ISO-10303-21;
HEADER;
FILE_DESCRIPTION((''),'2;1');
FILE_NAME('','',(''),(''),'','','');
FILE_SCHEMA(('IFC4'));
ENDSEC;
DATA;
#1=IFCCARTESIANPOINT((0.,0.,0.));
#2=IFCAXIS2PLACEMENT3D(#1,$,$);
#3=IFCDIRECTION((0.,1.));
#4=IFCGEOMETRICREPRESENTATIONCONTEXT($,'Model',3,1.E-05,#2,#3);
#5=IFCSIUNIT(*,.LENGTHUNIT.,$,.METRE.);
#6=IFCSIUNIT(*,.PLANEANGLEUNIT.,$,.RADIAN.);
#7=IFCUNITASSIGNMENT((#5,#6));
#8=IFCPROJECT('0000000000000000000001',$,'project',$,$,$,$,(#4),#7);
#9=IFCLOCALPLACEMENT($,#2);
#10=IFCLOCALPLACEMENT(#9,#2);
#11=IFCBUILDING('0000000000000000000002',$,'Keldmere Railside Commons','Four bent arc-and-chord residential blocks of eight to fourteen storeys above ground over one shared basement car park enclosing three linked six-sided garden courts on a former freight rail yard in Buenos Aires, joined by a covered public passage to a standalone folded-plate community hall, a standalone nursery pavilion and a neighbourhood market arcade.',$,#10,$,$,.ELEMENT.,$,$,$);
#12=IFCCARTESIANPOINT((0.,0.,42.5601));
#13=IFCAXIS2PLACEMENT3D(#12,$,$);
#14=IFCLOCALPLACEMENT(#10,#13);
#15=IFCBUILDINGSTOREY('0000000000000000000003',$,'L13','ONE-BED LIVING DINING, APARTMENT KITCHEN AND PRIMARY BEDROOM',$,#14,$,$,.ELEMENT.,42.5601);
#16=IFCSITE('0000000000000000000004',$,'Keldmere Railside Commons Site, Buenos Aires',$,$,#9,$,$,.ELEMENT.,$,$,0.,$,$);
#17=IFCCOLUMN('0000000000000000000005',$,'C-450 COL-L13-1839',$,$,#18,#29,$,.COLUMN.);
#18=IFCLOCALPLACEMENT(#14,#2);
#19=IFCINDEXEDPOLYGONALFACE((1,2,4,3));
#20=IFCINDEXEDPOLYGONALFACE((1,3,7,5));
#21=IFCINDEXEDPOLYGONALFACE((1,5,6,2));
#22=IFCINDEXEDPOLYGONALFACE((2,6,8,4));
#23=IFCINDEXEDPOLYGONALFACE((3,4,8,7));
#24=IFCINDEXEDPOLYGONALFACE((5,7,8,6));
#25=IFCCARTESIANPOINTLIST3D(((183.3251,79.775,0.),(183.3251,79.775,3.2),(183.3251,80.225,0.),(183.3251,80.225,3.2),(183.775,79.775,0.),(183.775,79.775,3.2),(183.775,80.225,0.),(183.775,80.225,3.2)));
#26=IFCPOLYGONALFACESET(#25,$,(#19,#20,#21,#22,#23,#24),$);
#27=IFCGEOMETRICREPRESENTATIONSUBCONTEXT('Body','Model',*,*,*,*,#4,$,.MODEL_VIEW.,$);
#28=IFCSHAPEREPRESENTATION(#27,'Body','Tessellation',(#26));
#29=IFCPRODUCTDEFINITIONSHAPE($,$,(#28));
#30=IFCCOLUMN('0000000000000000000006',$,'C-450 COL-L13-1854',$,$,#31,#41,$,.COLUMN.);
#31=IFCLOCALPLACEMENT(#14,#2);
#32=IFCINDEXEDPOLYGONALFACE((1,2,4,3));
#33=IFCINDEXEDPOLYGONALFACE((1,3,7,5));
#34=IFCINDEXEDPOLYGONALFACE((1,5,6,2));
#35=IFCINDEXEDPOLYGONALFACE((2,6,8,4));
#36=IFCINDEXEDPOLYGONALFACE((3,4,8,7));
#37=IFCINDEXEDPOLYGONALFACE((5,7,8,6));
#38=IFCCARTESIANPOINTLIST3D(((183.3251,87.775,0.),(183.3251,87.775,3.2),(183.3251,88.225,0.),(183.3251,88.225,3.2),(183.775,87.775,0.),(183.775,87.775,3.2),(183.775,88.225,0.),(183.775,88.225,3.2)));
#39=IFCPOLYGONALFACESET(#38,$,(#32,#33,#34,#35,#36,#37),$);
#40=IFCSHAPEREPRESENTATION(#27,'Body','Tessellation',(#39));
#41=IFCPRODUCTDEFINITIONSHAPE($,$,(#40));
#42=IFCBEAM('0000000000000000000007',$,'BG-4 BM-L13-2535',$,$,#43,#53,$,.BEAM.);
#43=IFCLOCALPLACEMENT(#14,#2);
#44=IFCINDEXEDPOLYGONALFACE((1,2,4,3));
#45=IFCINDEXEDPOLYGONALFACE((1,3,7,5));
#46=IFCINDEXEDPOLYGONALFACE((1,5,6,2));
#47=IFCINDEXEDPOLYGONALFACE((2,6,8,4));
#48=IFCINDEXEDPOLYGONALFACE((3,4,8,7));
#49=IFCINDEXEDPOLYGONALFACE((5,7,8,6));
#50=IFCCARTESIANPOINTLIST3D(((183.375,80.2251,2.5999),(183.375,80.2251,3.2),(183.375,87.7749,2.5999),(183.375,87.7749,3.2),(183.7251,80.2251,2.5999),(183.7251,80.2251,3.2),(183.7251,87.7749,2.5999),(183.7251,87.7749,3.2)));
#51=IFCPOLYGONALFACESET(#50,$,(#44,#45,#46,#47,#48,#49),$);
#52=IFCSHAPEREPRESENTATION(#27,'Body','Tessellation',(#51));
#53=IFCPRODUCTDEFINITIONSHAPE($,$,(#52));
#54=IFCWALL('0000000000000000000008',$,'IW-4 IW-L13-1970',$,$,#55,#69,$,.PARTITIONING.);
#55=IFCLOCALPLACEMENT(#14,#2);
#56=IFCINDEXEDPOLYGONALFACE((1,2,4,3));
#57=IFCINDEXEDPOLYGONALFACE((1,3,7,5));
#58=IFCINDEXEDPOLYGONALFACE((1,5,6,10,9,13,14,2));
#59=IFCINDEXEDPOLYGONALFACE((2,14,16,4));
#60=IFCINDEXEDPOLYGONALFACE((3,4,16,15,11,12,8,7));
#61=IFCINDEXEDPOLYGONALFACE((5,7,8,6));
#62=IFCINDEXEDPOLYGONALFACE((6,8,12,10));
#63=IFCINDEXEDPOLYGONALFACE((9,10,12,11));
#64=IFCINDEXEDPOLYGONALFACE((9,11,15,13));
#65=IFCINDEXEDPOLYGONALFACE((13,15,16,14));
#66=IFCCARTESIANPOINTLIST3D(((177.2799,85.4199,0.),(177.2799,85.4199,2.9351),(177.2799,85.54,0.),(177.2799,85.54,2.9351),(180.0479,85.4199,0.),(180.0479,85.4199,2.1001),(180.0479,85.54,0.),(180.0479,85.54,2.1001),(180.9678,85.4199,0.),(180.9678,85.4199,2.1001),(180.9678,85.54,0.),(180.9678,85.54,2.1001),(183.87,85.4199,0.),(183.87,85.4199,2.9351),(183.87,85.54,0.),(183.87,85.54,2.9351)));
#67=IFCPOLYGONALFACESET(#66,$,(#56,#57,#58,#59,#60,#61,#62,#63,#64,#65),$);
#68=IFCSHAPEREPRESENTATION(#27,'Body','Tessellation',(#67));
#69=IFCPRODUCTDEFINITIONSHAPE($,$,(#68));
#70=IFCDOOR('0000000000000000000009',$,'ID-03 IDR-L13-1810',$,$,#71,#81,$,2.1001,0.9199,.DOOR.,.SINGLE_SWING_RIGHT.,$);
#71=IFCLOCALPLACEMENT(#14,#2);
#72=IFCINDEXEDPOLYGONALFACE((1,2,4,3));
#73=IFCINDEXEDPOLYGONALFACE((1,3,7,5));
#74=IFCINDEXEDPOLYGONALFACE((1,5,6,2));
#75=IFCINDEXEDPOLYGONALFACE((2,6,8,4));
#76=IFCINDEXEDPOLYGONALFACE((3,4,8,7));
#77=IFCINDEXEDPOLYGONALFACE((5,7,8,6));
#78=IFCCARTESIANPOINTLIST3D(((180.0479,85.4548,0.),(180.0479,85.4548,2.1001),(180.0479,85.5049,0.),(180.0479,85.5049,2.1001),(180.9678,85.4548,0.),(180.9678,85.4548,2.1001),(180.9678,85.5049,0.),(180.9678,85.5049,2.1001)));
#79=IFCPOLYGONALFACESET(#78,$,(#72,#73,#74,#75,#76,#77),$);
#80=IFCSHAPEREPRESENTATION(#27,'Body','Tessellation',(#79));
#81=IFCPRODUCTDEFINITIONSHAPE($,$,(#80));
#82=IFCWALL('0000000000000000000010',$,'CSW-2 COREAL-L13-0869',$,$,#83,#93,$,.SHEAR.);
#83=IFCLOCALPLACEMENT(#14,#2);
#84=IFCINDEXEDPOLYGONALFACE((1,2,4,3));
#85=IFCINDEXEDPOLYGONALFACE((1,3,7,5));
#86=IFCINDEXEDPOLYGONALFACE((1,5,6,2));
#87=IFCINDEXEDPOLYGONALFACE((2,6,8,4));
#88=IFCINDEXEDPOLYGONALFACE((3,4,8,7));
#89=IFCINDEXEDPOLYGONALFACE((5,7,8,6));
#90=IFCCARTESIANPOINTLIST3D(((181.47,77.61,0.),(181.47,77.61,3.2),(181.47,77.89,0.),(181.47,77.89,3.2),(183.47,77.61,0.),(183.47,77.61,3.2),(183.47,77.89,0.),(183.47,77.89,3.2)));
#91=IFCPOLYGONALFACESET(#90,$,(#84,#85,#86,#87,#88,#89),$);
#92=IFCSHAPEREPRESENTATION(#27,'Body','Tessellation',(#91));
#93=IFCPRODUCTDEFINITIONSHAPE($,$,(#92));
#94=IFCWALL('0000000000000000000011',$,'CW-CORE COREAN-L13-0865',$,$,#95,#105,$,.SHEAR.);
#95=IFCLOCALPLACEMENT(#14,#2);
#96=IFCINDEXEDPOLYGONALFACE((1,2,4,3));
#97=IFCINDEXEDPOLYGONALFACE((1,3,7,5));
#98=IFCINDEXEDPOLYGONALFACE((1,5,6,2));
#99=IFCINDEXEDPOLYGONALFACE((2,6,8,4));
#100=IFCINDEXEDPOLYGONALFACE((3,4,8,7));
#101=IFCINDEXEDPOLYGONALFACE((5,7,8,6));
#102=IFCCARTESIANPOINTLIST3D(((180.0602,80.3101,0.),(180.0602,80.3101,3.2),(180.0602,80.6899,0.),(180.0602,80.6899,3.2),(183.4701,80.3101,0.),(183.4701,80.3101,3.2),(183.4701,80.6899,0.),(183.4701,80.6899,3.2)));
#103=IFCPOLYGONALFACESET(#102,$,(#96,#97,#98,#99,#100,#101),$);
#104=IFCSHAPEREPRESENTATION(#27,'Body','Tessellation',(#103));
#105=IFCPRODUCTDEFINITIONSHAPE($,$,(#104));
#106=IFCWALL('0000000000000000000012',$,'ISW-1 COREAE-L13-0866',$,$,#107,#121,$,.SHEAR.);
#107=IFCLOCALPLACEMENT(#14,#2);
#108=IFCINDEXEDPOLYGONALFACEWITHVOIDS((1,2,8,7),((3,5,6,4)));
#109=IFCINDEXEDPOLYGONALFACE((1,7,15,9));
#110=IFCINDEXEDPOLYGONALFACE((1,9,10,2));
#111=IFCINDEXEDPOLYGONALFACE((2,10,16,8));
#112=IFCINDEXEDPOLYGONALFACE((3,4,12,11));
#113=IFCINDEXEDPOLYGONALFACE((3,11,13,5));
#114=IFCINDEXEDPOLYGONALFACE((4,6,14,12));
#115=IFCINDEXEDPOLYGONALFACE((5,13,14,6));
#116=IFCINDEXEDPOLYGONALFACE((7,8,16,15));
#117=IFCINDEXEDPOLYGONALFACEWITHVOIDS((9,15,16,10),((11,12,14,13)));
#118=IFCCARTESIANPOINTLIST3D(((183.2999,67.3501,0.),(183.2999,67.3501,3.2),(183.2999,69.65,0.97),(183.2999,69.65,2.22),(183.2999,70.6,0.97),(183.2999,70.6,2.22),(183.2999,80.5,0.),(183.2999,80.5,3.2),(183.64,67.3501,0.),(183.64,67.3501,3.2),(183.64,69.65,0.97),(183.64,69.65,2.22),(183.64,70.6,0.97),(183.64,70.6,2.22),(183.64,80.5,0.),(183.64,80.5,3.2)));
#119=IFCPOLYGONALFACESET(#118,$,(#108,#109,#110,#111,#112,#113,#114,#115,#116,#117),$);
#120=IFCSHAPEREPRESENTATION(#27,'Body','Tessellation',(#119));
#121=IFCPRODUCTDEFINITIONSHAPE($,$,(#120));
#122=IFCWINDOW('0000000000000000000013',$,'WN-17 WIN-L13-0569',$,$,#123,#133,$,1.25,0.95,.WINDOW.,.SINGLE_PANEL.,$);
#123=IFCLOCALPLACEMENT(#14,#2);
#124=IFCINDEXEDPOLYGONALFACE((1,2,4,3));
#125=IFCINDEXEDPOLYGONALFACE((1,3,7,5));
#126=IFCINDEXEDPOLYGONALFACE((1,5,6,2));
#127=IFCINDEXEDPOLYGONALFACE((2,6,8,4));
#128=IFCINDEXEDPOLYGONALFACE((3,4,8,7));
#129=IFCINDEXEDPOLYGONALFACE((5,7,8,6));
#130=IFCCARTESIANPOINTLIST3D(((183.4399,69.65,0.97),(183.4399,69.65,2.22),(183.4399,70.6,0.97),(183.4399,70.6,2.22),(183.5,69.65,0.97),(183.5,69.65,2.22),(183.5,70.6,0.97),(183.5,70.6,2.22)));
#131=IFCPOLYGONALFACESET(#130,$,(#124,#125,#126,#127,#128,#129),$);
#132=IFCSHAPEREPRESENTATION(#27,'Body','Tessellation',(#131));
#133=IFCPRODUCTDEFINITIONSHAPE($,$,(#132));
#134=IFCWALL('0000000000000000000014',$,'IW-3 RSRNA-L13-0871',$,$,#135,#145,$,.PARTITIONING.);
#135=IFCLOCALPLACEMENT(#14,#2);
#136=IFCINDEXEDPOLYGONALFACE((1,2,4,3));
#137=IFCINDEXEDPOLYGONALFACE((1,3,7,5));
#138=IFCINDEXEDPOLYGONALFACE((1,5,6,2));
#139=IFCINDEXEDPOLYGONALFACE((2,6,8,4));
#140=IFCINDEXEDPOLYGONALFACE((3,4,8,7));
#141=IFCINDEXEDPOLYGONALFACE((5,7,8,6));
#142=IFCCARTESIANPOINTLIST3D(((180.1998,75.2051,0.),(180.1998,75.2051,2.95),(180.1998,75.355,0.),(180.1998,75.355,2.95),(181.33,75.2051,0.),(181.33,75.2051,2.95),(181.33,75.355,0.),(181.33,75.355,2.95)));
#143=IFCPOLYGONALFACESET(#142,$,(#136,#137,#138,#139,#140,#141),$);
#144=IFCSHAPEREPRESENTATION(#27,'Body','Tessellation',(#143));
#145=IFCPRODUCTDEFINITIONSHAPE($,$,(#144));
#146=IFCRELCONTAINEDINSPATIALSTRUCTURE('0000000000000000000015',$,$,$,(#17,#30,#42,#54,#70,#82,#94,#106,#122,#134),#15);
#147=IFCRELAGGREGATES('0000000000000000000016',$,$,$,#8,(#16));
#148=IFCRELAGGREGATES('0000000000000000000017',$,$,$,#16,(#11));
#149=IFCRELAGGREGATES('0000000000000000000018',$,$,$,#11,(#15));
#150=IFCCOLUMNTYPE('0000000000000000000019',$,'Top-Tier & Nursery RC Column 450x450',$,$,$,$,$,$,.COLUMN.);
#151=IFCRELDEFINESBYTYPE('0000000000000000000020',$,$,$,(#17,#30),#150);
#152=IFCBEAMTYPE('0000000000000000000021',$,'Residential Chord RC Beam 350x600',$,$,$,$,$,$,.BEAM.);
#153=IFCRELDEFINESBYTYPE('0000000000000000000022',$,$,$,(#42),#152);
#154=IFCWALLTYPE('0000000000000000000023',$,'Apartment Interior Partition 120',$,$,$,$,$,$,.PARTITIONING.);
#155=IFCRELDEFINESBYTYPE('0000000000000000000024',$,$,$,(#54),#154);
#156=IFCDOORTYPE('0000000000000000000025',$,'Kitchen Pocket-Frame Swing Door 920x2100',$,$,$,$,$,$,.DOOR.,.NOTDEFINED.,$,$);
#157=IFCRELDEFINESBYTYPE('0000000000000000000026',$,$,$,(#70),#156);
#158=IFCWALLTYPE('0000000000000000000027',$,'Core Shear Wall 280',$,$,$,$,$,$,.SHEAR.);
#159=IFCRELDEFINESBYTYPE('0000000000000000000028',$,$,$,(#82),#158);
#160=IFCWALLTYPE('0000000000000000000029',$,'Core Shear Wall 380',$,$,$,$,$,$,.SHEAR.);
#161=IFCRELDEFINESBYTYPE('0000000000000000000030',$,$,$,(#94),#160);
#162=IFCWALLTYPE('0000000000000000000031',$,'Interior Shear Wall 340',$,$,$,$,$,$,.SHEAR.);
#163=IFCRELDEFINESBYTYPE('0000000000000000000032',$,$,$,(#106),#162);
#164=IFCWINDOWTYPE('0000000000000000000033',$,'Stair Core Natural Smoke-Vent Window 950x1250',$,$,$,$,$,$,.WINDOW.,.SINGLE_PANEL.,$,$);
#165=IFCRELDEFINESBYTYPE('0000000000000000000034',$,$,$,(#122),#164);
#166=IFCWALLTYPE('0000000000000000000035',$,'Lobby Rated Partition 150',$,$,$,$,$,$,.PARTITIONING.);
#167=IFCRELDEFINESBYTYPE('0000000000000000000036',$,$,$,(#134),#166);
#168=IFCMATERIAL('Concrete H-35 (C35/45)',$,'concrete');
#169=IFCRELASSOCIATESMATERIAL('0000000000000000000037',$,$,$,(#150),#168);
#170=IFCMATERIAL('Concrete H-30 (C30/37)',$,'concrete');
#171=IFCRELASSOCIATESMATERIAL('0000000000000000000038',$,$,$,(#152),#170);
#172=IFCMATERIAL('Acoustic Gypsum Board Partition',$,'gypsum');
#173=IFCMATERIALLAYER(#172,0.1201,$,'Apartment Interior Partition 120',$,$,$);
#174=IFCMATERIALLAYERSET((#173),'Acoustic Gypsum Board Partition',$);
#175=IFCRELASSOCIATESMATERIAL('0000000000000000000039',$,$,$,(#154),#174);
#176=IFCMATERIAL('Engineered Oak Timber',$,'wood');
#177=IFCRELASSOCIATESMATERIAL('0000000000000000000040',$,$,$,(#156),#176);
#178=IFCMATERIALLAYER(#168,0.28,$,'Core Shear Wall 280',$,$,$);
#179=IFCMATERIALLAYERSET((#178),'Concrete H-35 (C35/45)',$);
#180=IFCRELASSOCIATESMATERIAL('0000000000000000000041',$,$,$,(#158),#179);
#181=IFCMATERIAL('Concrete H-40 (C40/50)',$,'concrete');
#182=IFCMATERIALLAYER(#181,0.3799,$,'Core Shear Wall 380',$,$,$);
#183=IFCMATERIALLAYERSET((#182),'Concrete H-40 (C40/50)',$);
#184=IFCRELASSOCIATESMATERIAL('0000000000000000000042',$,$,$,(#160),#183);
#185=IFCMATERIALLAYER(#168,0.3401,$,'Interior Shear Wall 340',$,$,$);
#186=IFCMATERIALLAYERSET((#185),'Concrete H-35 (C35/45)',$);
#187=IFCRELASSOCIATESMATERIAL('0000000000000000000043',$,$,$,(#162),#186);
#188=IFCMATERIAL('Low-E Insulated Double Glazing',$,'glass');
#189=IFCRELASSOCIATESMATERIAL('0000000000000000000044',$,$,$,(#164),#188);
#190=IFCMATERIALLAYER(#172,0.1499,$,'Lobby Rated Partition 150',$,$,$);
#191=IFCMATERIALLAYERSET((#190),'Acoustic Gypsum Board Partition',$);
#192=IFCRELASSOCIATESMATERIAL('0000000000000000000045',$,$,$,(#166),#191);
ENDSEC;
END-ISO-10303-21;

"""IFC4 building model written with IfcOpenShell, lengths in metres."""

from ifc_helpers import new_model, si_unit, direction, frame, frame_2d, origin, origin_2d, place, context, subcontext, project, spatial, rectangle, extrude, material, layer, layer_set, material_profile, profile_set, type_object, element, fill, save


model = new_model("IFC4")

# Units and contexts
model_context = context("Model", 3, precision=1e-05, world=origin(), true_north=direction((0.0, 1.0)))
body_context = subcontext(model_context, "Body", "Model", "MODEL_VIEW")
ifc_project = project(units=[si_unit("LENGTHUNIT", "METRE"), si_unit("PLANEANGLEUNIT", "RADIAN")], contexts=[model_context])

# Site, building, storey
site_placement = place(None, origin())
site = spatial("IfcSite", under=ifc_project, at=site_placement, Name="Keldmere Railside Commons Site, Buenos Aires", CompositionType="ELEMENT", RefElevation=0.0)
building_placement = place(site_placement, origin())
building = spatial("IfcBuilding", under=site, at=building_placement, Name="Keldmere Railside Commons", Description="Four bent arc-and-chord residential blocks of eight to fourteen storeys above ground over one shared basement car park enclosing three linked six-sided garden courts on a former freight rail yard in Buenos Aires, joined by a covered public passage to a standalone folded-plate community hall, a standalone nursery pavilion and a neighbourhood market arcade.", CompositionType="ELEMENT")
storey_placement = place(building_placement, frame((0.0, 0.0, 42.5601)))
storey = spatial("IfcBuildingStorey", under=building, at=storey_placement, Name="L13", Description="ONE-BED LIVING DINING, APARTMENT KITCHEN AND PRIMARY BEDROOM", CompositionType="ELEMENT", Elevation=42.5601)

# Columns
ifc_material_1 = material(Name="Concrete H-35 (C35/45)", Category="concrete")
ifc_material_profile_1 = material_profile(ifc_material_1, rectangle(XDim=0.45, YDim=0.45, at=origin_2d()), Name="RC-450x450")
ifc_profile_set_1 = profile_set([ifc_material_profile_1], Name="Concrete H-35 (C35/45)")
column_type = type_object("IfcColumnType", Name="Top-Tier & Nursery RC Column 450x450", PredefinedType="COLUMN", material=ifc_profile_set_1)
for number, where, z_axis, x_axis, name in (
    (1, (183.55, 80.0, 0.0), (0.0, 0.0, 1.0), (1.0, 0.0, 0.0), "C-450 COL-L13-1839"),
    (2, (183.55, 88.0, 0.0), (0.0, 0.0, 1.0), (1.0, 0.0, 0.0), "C-450 COL-L13-1854"),
):
    element("IfcColumn", number, at=place(storey_placement, frame(where, z_axis=z_axis, x_axis=x_axis)), inside=storey, type_object=column_type, Name=name, PredefinedType="COLUMN", context=body_context, shape_type="SweptSolid", body=[
        extrude(rectangle(XDim=0.45, YDim=0.45, at=origin_2d()), origin(), (0.0, 0.0, 1.0), 3.2),
    ])

# Beam
ifc_material_2 = material(Name="Concrete H-30 (C30/37)", Category="concrete")
ifc_material_profile_2 = material_profile(ifc_material_2, rectangle(XDim=0.3501, YDim=0.6001, at=origin_2d()), Name="RC-350x600")
ifc_profile_set_2 = profile_set([ifc_material_profile_2], Name="Concrete H-30 (C30/37)")
beam_type = type_object("IfcBeamType", Name="Residential Chord RC Beam 350x600", PredefinedType="BEAM", material=ifc_profile_set_2)
beam_placement = place(storey_placement, frame((183.55, 80.2251, 2.8999), z_axis=(0.0, 1.0, 0.0), x_axis=(-1.0, 0.0, 0.0)))
element("IfcBeam", 3, at=beam_placement, inside=storey, type_object=beam_type, Name="BG-4 BM-L13-2535", PredefinedType="BEAM", context=body_context, shape_type="SweptSolid", body=[
    extrude(rectangle(XDim=0.3501, YDim=0.6001, at=origin_2d()), origin(), (0.0, 0.0, 1.0), 7.5498),
])

# Wall, opening, door
ifc_material_3 = material(Name="Acoustic Gypsum Board Partition", Category="gypsum")
ifc_layer_1 = layer(ifc_material_3, 0.1201, Name="Apartment Interior Partition 120")
ifc_layer_set_1 = layer_set([ifc_layer_1], Name="Acoustic Gypsum Board Partition")
wall_type_1 = type_object("IfcWallType", Name="Apartment Interior Partition 120", PredefinedType="PARTITIONING", material=ifc_layer_set_1)
wall_1_placement = place(storey_placement, frame((177.28, 85.48, 0.0), z_axis=(0.0, 0.0, 1.0), x_axis=(1.0, 0.0, 0.0)))
wall_1 = element("IfcWall", 4, at=wall_1_placement, inside=storey, type_object=wall_type_1, Name="IW-4 IW-L13-1970", PredefinedType="PARTITIONING", context=body_context, shape_type="SweptSolid", body=[
    extrude(rectangle(XDim=6.5901, YDim=0.1201, at=frame_2d((3.2949, 0.0))), origin(), (0.0, 0.0, 1.0), 2.9351),
])
opening_1_placement = place(wall_1_placement, frame((2.7678, 0.0, 0.0)))
opening_1 = element("IfcOpeningElement", 5, at=opening_1_placement, cuts=wall_1, PredefinedType="OPENING", context=body_context, shape_type="SweptSolid", body=[
    extrude(rectangle(XDim=0.9199, YDim=2.1001, at=frame_2d((0.46, 1.05))), frame((0.0, 0.0701, 0.0), z_axis=(0.0, -1.0, 0.0), x_axis=(1.0, 0.0, 0.0)), (0.0, 0.0, 1.0), 0.1401),
])
ifc_material_4 = material(Name="Engineered Oak Timber", Category="wood")
door_type_1 = type_object("IfcDoorType", Name="Kitchen Pocket-Frame Swing Door 920x2100", OperationType="NOTDEFINED", PredefinedType="DOOR", material=ifc_material_4)
door_1_placement = place(opening_1_placement, origin())
door_1 = element("IfcDoor", 6, at=door_1_placement, inside=storey, type_object=door_type_1, Name="ID-03 IDR-L13-1810", OperationType="SINGLE_SWING_RIGHT", OverallHeight=2.1001, OverallWidth=0.9199, PredefinedType="DOOR", context=body_context, shape_type="SweptSolid", body=[
    extrude(rectangle(XDim=0.9199, YDim=2.1001, at=frame_2d((0.46, 1.05))), frame((0.0, 0.0249, 0.0), z_axis=(0.0, -1.0, 0.0), x_axis=(1.0, 0.0, 0.0)), (0.0, 0.0, 1.0), 0.05),
])
fill(opening_1, door_1)

# Walls
ifc_layer_2 = layer(ifc_material_1, 0.28, Name="Core Shear Wall 280")
ifc_layer_set_2 = layer_set([ifc_layer_2], Name="Concrete H-35 (C35/45)")
wall_type_2 = type_object("IfcWallType", Name="Core Shear Wall 280", PredefinedType="SHEAR", material=ifc_layer_set_2)
wall_2_placement = place(storey_placement, frame((181.47, 77.75, 0.0), z_axis=(0.0, 0.0, 1.0), x_axis=(1.0, 0.0, 0.0)))
element("IfcWall", 7, at=wall_2_placement, inside=storey, type_object=wall_type_2, Name="CSW-2 COREAL-L13-0869", PredefinedType="SHEAR", context=body_context, shape_type="SweptSolid", body=[
    extrude(rectangle(XDim=2.0, YDim=0.28, at=frame_2d((1.0, 0.0))), origin(), (0.0, 0.0, 1.0), 3.2),
])
ifc_material_5 = material(Name="Concrete H-40 (C40/50)", Category="concrete")
ifc_layer_3 = layer(ifc_material_5, 0.3799, Name="Core Shear Wall 380")
ifc_layer_set_3 = layer_set([ifc_layer_3], Name="Concrete H-40 (C40/50)")
wall_type_3 = type_object("IfcWallType", Name="Core Shear Wall 380", PredefinedType="SHEAR", material=ifc_layer_set_3)
wall_3_placement = place(storey_placement, frame((180.0601, 80.5, 0.0), z_axis=(0.0, 0.0, 1.0), x_axis=(1.0, 0.0, 0.0)))
element("IfcWall", 8, at=wall_3_placement, inside=storey, type_object=wall_type_3, Name="CW-CORE COREAN-L13-0865", PredefinedType="SHEAR", context=body_context, shape_type="SweptSolid", body=[
    extrude(rectangle(XDim=3.4099, YDim=0.3799, at=frame_2d((1.7051, 0.0))), origin(), (0.0, 0.0, 1.0), 3.2),
])

# Wall, opening, window
ifc_layer_4 = layer(ifc_material_1, 0.3401, Name="Interior Shear Wall 340")
ifc_layer_set_4 = layer_set([ifc_layer_4], Name="Concrete H-35 (C35/45)")
wall_type_4 = type_object("IfcWallType", Name="Interior Shear Wall 340", PredefinedType="SHEAR", material=ifc_layer_set_4)
wall_4_placement = place(storey_placement, frame((183.47, 80.5, 0.0), z_axis=(0.0, 0.0, 1.0), x_axis=(0.0, -1.0, 0.0)))
wall_4 = element("IfcWall", 9, at=wall_4_placement, inside=storey, type_object=wall_type_4, Name="ISW-1 COREAE-L13-0866", PredefinedType="SHEAR", context=body_context, shape_type="SweptSolid", body=[
    extrude(rectangle(XDim=13.1499, YDim=0.3401, at=frame_2d((6.575, 0.0))), origin(), (0.0, 0.0, 1.0), 3.2),
])
opening_2_placement = place(wall_4_placement, frame((9.8999, 0.0, 0.97)))
opening_2 = element("IfcOpeningElement", 10, at=opening_2_placement, cuts=wall_4, PredefinedType="OPENING", context=body_context, shape_type="SweptSolid", body=[
    extrude(rectangle(XDim=0.95, YDim=1.25, at=frame_2d((0.4751, 0.625))), frame((0.0, 0.1799, 0.0), z_axis=(0.0, -1.0, 0.0), x_axis=(1.0, 0.0, 0.0)), (0.0, 0.0, 1.0), 0.3601),
])
ifc_material_6 = material(Name="Low-E Insulated Double Glazing", Category="glass")
window_type = type_object("IfcWindowType", Name="Stair Core Natural Smoke-Vent Window 950x1250", PartitioningType="SINGLE_PANEL", PredefinedType="WINDOW", material=ifc_material_6)
window_placement = place(opening_2_placement, origin())
window = element("IfcWindow", 11, at=window_placement, inside=storey, type_object=window_type, Name="WN-17 WIN-L13-0569", OverallHeight=1.25, OverallWidth=0.95, PartitioningType="SINGLE_PANEL", PredefinedType="WINDOW", context=body_context, shape_type="SweptSolid", body=[
    extrude(rectangle(XDim=0.95, YDim=1.25, at=frame_2d((0.4751, 0.625))), frame((0.0, 0.03, 0.0), z_axis=(0.0, -1.0, 0.0), x_axis=(1.0, 0.0, 0.0)), (0.0, 0.0, 1.0), 0.0601),
])
fill(opening_2, window)

# Wall
ifc_layer_5 = layer(ifc_material_3, 0.1499, Name="Lobby Rated Partition 150")
ifc_layer_set_5 = layer_set([ifc_layer_5], Name="Acoustic Gypsum Board Partition")
wall_type_5 = type_object("IfcWallType", Name="Lobby Rated Partition 150", PredefinedType="PARTITIONING", material=ifc_layer_set_5)
wall_5_placement = place(storey_placement, frame((180.2, 75.28, 0.0), z_axis=(0.0, 0.0, 1.0), x_axis=(1.0, 0.0, 0.0)))
element("IfcWall", 12, at=wall_5_placement, inside=storey, type_object=wall_type_5, Name="IW-3 RSRNA-L13-0871", PredefinedType="PARTITIONING", context=body_context, shape_type="SweptSolid", body=[
    extrude(rectangle(XDim=1.1301, YDim=0.1499, at=frame_2d((0.5649, 0.0))), origin(), (0.0, 0.0, 1.0), 2.95),
])

save(model, "model.ifc")
